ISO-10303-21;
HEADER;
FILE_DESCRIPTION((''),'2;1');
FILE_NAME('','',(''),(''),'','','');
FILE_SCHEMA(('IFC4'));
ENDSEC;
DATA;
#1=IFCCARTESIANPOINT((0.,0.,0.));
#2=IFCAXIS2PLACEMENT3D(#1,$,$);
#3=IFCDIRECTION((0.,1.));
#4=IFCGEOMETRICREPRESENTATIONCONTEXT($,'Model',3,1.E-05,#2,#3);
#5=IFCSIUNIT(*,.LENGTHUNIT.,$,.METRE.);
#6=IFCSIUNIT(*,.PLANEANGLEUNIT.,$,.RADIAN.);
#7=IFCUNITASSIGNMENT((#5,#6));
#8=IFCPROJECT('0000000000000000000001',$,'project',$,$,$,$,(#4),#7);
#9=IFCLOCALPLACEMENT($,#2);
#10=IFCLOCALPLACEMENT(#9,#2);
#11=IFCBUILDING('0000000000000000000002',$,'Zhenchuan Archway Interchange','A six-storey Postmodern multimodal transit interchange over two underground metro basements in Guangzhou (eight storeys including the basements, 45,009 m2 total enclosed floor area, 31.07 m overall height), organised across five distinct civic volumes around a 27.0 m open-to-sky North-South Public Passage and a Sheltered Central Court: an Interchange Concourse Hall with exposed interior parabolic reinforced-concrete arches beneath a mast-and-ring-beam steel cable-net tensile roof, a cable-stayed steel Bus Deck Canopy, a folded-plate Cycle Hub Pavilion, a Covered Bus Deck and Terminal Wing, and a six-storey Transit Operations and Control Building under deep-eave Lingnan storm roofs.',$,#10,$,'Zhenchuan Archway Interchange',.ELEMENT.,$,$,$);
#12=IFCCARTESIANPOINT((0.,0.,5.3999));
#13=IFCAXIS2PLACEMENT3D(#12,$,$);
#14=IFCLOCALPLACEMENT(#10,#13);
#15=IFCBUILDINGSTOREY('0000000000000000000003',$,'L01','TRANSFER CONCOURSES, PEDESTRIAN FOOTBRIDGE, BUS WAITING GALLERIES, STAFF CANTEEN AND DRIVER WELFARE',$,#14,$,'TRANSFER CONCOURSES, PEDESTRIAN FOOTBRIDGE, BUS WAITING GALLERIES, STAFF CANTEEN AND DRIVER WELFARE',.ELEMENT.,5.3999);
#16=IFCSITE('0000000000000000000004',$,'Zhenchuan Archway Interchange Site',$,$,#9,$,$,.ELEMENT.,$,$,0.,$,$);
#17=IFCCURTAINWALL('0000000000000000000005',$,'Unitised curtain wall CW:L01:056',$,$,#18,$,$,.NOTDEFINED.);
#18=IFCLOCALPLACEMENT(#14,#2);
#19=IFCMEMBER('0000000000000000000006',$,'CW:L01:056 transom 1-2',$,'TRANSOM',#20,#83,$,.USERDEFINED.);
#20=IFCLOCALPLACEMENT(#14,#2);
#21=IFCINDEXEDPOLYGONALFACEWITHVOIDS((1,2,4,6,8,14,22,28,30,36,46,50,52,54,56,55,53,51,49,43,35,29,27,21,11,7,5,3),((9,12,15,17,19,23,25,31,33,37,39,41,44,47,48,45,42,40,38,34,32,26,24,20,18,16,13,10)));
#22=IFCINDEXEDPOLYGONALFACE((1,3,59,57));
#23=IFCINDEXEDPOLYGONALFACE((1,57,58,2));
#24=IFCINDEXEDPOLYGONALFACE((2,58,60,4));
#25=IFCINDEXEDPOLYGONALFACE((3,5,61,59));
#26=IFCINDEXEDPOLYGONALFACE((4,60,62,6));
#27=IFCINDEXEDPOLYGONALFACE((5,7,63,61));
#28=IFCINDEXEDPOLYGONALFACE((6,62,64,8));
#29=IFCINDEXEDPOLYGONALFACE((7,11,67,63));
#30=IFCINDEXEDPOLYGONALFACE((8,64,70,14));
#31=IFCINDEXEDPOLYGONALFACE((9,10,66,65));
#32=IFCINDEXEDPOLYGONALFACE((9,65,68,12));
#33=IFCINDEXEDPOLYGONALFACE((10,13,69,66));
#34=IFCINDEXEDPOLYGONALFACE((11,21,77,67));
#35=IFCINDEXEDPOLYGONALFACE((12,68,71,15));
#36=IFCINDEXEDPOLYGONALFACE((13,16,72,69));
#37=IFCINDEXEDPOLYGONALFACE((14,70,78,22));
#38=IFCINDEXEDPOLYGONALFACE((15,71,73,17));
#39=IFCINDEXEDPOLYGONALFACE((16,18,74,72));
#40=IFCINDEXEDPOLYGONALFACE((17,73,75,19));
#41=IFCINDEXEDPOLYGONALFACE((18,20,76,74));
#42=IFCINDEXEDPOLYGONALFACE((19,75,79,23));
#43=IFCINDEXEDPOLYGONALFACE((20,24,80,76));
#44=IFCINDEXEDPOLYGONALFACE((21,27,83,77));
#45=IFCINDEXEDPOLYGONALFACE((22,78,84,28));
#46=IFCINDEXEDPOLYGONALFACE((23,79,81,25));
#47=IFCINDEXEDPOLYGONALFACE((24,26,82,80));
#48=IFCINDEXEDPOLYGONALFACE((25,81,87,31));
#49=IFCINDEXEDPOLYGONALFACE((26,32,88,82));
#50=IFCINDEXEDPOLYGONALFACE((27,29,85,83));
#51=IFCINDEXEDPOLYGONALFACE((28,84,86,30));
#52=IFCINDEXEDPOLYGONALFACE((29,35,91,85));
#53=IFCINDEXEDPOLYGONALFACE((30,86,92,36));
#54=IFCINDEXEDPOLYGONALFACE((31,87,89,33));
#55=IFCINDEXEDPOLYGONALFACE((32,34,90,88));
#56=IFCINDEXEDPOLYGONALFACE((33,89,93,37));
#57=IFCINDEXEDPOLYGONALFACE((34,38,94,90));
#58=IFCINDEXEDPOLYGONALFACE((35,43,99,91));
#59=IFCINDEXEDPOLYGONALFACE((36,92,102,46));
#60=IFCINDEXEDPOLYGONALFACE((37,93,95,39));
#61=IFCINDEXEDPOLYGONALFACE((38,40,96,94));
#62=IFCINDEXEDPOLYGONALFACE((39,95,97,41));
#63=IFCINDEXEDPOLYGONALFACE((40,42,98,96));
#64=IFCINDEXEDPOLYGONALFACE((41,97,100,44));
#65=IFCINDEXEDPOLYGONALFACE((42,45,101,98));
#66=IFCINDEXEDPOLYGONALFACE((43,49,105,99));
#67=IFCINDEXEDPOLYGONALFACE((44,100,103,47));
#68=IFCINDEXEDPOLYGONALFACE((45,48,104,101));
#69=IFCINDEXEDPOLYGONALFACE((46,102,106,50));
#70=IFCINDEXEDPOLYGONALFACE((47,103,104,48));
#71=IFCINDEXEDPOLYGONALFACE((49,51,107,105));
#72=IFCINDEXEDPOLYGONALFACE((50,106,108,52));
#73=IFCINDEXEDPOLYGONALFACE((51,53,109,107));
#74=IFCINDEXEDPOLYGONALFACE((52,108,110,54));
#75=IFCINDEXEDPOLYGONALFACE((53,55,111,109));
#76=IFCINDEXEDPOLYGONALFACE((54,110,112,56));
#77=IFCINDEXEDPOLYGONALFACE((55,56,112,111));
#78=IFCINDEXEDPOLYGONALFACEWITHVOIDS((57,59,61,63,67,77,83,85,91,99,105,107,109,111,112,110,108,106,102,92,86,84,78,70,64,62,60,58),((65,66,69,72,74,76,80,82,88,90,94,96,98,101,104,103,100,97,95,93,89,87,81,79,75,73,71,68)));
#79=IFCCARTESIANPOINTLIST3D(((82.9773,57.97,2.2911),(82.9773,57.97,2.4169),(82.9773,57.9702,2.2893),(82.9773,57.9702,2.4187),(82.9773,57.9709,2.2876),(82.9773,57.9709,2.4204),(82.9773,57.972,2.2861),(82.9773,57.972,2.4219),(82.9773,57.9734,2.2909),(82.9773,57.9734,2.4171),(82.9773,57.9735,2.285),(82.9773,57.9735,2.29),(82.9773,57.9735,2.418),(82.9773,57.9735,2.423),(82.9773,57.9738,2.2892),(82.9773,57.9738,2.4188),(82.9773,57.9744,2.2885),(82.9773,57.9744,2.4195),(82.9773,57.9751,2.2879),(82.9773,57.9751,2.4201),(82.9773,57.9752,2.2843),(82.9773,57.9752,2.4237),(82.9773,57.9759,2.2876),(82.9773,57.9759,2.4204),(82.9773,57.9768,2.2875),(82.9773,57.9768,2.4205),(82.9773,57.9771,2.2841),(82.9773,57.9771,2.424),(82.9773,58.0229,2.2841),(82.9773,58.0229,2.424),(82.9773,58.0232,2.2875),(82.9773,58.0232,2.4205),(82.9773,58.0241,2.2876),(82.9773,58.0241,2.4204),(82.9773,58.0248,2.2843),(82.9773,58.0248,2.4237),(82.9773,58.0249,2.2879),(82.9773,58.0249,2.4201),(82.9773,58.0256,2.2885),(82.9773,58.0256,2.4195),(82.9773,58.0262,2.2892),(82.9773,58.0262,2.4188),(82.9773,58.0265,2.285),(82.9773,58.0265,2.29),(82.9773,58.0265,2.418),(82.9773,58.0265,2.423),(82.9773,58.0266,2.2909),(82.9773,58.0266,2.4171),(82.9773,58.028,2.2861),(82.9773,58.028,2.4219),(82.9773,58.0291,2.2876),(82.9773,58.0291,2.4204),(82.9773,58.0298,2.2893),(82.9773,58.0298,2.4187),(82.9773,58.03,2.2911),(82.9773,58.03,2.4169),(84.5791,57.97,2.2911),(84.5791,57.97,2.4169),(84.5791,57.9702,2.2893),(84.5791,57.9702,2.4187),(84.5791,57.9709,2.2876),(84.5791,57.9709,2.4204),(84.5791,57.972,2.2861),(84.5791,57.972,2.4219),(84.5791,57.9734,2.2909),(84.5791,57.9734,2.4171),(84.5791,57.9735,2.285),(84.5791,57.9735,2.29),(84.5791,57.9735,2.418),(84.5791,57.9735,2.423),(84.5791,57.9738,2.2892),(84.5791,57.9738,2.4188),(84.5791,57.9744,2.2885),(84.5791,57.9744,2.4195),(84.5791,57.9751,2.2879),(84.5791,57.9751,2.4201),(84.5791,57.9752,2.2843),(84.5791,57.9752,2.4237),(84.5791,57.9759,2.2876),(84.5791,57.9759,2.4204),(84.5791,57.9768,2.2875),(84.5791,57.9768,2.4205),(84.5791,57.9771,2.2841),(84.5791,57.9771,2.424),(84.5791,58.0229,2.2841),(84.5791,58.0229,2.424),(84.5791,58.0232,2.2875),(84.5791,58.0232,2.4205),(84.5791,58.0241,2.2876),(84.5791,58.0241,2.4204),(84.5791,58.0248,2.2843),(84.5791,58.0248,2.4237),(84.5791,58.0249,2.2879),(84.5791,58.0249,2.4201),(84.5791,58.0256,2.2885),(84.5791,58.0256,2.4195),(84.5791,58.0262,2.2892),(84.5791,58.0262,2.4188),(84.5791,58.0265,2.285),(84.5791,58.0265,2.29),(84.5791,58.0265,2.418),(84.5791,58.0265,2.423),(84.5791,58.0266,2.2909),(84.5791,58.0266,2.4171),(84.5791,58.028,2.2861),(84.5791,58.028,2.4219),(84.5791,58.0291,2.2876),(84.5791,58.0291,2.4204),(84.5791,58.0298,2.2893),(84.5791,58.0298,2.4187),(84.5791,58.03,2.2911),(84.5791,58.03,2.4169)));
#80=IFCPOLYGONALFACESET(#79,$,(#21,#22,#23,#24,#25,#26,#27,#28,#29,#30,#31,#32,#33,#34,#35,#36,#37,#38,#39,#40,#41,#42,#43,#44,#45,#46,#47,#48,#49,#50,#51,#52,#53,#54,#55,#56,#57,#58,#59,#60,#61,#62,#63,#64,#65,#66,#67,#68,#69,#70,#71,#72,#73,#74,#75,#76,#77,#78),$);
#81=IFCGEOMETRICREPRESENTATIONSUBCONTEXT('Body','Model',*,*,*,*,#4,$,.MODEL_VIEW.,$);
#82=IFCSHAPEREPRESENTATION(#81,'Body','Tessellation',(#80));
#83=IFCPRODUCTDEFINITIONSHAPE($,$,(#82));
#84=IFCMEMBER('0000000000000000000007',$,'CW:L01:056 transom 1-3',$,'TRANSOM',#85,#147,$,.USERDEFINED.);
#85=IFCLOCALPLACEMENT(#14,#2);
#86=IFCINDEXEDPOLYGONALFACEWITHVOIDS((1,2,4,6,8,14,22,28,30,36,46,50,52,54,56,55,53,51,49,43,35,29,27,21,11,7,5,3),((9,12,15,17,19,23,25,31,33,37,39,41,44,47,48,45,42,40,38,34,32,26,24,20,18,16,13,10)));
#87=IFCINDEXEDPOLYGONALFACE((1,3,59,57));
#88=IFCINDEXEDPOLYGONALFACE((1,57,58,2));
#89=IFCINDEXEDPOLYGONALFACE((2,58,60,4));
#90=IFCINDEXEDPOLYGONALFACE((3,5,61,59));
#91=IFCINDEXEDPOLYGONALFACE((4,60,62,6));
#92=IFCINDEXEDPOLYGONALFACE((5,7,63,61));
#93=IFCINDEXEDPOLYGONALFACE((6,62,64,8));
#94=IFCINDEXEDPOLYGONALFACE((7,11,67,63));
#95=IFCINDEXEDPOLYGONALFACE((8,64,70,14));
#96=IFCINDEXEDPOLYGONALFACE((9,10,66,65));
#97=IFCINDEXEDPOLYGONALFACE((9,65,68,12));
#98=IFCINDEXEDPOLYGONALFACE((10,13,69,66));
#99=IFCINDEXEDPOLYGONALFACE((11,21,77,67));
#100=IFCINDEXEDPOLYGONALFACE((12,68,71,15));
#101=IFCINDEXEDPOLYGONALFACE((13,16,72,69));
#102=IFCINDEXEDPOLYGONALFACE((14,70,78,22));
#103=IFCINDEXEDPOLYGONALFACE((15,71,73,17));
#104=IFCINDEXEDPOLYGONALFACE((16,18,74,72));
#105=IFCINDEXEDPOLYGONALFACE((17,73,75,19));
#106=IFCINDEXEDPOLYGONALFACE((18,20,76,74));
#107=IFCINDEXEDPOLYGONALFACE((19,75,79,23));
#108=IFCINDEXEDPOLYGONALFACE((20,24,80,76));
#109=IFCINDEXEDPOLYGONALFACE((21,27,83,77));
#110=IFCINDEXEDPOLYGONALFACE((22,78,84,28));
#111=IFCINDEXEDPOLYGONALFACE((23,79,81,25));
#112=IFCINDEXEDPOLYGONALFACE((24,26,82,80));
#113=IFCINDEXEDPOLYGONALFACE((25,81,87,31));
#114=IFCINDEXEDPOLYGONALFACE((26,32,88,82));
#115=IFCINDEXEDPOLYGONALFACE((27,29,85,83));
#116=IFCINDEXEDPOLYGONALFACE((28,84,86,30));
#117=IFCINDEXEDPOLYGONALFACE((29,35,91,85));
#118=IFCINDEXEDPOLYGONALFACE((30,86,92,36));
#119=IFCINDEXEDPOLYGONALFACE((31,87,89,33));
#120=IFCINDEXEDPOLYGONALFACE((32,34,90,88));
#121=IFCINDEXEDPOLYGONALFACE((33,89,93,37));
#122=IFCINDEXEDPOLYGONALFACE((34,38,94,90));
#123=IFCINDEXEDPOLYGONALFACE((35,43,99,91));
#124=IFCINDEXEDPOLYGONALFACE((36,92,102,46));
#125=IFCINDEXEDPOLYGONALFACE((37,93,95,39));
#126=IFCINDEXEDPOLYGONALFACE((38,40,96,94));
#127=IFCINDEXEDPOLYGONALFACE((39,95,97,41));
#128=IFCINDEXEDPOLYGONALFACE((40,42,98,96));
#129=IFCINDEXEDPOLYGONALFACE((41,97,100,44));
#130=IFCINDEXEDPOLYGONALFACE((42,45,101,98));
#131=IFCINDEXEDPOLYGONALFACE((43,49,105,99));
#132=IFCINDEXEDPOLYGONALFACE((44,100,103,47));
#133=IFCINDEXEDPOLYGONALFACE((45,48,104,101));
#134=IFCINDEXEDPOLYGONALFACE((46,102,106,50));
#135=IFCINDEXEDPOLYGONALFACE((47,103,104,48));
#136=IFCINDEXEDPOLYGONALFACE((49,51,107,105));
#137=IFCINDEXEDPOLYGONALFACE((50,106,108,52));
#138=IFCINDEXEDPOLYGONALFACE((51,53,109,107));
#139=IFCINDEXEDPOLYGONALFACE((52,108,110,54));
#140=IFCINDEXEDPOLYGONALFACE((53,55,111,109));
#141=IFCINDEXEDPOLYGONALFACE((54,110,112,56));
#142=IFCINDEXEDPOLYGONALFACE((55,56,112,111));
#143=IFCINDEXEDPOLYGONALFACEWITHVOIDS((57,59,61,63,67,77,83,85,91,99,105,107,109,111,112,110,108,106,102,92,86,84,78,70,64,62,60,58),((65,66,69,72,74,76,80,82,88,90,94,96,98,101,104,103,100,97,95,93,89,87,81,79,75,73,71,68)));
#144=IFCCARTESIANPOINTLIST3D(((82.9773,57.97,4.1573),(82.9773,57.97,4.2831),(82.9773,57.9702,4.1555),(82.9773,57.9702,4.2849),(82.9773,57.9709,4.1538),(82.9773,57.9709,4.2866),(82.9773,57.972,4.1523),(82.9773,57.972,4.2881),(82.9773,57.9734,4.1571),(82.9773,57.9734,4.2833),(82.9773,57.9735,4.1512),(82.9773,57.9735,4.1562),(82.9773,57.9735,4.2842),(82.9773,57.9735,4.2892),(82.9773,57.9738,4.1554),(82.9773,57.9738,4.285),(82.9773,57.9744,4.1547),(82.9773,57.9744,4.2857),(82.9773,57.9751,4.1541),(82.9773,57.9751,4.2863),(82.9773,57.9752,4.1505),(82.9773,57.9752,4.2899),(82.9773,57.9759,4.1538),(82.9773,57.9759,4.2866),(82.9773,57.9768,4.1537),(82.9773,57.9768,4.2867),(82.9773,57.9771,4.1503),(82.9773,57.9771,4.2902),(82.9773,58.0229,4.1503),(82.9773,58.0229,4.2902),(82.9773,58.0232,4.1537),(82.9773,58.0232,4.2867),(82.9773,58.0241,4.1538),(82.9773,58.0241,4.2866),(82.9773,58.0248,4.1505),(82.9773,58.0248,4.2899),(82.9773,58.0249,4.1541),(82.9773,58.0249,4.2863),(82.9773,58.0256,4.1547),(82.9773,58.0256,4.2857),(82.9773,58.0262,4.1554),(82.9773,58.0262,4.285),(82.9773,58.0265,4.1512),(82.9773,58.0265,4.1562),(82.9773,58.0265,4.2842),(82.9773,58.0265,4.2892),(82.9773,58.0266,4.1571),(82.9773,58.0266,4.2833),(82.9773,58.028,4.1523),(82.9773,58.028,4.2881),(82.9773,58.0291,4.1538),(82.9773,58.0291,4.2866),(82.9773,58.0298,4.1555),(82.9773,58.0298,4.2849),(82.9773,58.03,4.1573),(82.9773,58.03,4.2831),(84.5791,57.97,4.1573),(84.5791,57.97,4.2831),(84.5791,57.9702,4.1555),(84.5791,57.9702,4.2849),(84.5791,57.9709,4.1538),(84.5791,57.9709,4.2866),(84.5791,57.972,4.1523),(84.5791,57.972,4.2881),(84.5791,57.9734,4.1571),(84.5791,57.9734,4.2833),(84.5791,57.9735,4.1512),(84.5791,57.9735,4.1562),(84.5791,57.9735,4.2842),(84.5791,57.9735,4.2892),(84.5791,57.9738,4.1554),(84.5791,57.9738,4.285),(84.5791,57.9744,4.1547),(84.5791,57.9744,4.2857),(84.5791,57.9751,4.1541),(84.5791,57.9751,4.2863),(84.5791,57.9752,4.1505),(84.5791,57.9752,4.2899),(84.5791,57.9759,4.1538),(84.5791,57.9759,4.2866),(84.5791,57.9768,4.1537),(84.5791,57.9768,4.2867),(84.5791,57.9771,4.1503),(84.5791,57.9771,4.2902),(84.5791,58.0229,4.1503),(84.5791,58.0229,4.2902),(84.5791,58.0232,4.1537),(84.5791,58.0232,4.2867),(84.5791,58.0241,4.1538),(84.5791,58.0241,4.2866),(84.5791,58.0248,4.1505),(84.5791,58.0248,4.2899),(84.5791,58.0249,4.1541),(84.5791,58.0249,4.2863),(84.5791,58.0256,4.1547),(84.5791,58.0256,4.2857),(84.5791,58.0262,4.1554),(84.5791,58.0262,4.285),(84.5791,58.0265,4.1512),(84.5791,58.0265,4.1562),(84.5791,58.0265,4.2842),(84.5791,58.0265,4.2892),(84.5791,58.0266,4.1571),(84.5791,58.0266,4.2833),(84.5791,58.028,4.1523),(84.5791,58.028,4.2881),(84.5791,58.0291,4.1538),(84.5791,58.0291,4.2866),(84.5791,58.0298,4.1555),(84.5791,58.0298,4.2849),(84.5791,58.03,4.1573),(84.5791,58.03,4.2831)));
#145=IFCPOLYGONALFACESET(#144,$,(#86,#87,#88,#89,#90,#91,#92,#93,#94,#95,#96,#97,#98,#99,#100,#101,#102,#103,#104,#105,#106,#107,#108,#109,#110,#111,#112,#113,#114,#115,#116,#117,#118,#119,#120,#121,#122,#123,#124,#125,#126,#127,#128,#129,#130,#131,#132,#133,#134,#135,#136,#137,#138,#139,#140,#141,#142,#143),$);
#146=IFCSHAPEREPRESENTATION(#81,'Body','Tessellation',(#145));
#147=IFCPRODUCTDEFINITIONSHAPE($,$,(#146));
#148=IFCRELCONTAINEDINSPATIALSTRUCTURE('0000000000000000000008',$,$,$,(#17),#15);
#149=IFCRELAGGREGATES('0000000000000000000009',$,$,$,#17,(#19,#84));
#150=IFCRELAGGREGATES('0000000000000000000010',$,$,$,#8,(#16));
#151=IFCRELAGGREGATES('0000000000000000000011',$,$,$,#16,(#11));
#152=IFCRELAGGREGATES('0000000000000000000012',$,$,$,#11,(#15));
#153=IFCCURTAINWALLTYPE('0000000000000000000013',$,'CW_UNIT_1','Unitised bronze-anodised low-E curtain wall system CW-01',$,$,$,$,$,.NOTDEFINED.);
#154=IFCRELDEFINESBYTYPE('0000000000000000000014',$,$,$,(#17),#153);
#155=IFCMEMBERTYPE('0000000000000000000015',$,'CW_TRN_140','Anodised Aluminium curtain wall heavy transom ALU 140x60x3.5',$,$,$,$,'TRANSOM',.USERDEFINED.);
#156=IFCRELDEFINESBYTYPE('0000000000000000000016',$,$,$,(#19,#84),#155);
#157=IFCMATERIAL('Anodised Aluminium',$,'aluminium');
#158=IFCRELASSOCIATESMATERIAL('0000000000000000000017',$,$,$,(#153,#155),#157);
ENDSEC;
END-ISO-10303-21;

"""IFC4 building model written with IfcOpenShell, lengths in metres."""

from ifc_helpers import new_model, si_unit, direction, frame, origin, origin_2d, place, context, subcontext, project, spatial, hollow_rectangle, extrude, material, material_profile, profile_set, type_object, element, aggregate, save


model = new_model("IFC4")

# Units and contexts
model_context = context("Model", 3, precision=1e-05, world=origin(), true_north=direction((0.0, 1.0)))
body_context = subcontext(model_context, "Body", "Model", "MODEL_VIEW")
ifc_project = project(units=[si_unit("LENGTHUNIT", "METRE"), si_unit("PLANEANGLEUNIT", "RADIAN")], contexts=[model_context])

# Site, building, storey
site_placement = place(None, origin())
site = spatial("IfcSite", under=ifc_project, at=site_placement, Name="Zhenchuan Archway Interchange Site", CompositionType="ELEMENT", RefElevation=0.0)
building_placement = place(site_placement, origin())
building = spatial("IfcBuilding", under=site, at=building_placement, Name="Zhenchuan Archway Interchange", Description="A six-storey Postmodern multimodal transit interchange over two underground metro basements in Guangzhou (eight storeys including the basements, 45,009 m2 total enclosed floor area, 31.07 m overall height), organised across five distinct civic volumes around a 27.0 m open-to-sky North-South Public Passage and a Sheltered Central Court: an Interchange Concourse Hall with exposed interior parabolic reinforced-concrete arches beneath a mast-and-ring-beam steel cable-net tensile roof, a cable-stayed steel Bus Deck Canopy, a folded-plate Cycle Hub Pavilion, a Covered Bus Deck and Terminal Wing, and a six-storey Transit Operations and Control Building under deep-eave Lingnan storm roofs.", LongName="Zhenchuan Archway Interchange", CompositionType="ELEMENT")
storey_placement = place(building_placement, frame((0.0, 0.0, 5.3999)))
storey = spatial("IfcBuildingStorey", under=building, at=storey_placement, Name="L01", Description="TRANSFER CONCOURSES, PEDESTRIAN FOOTBRIDGE, BUS WAITING GALLERIES, STAFF CANTEEN AND DRIVER WELFARE", LongName="TRANSFER CONCOURSES, PEDESTRIAN FOOTBRIDGE, BUS WAITING GALLERIES, STAFF CANTEEN AND DRIVER WELFARE", CompositionType="ELEMENT", Elevation=5.3999)

# Shared definitions
ifc_material_1 = material(Name="Anodised Aluminium", Category="aluminium")

# Curtain wall
curtain_wall_type_1 = type_object("IfcCurtainWallType", Name="CW_UNIT_1", Description="Unitised bronze-anodised low-E curtain wall system CW-01", PredefinedType="NOTDEFINED", material=ifc_material_1)
curtain_wall_1_placement = place(storey_placement, origin())
curtain_wall_1 = element("IfcCurtainWall", 1, at=curtain_wall_1_placement, inside=storey, type_object=curtain_wall_type_1, Name="Unitised curtain wall CW:L01:056", PredefinedType="NOTDEFINED")

# Members
ifc_material_profile_1 = material_profile(ifc_material_1, hollow_rectangle(XDim=0.0601, YDim=0.1399, WallThickness=0.0034, InnerFilletRadius=0.0034, OuterFilletRadius=0.0071, at=origin_2d()), Name="ALU 140x60x3.5")
ifc_profile_set_1 = profile_set([ifc_material_profile_1], Name="Anodised Aluminium")
member_type_1 = type_object("IfcMemberType", Name="CW_TRN_140", Description="Anodised Aluminium curtain wall heavy transom ALU 140x60x3.5", ElementType="TRANSOM", PredefinedType="USERDEFINED", material=ifc_profile_set_1)
member_1_placement = place(storey_placement, frame((82.9773, 58.0, 2.354), z_axis=(1.0, 0.0, 0.0), x_axis=(0.0, 1.0, 0.0)))
member_1 = element("IfcMember", 2, at=member_1_placement, type_object=member_type_1, Name="CW:L01:056 transom 1-2", ObjectType="TRANSOM", PredefinedType="USERDEFINED", context=body_context, shape_type="SweptSolid", body=[
    extrude(hollow_rectangle(XDim=0.0601, YDim=0.1399, WallThickness=0.0034, InnerFilletRadius=0.0034, OuterFilletRadius=0.0071, at=origin_2d()), origin(), (0.0, 0.0, 1.0), 1.6018),
])
member_2_placement = place(storey_placement, frame((82.9773, 58.0, 4.2202), z_axis=(1.0, 0.0, 0.0), x_axis=(0.0, 1.0, 0.0)))
member_2 = element("IfcMember", 3, at=member_2_placement, type_object=member_type_1, Name="CW:L01:056 transom 1-3", ObjectType="TRANSOM", PredefinedType="USERDEFINED", context=body_context, shape_type="SweptSolid", body=[
    extrude(hollow_rectangle(XDim=0.0601, YDim=0.1399, WallThickness=0.0034, InnerFilletRadius=0.0034, OuterFilletRadius=0.0071, at=origin_2d()), origin(), (0.0, 0.0, 1.0), 1.6018),
])

aggregate(curtain_wall_1, [member_1, member_2])

save(model, "model.ifc")
